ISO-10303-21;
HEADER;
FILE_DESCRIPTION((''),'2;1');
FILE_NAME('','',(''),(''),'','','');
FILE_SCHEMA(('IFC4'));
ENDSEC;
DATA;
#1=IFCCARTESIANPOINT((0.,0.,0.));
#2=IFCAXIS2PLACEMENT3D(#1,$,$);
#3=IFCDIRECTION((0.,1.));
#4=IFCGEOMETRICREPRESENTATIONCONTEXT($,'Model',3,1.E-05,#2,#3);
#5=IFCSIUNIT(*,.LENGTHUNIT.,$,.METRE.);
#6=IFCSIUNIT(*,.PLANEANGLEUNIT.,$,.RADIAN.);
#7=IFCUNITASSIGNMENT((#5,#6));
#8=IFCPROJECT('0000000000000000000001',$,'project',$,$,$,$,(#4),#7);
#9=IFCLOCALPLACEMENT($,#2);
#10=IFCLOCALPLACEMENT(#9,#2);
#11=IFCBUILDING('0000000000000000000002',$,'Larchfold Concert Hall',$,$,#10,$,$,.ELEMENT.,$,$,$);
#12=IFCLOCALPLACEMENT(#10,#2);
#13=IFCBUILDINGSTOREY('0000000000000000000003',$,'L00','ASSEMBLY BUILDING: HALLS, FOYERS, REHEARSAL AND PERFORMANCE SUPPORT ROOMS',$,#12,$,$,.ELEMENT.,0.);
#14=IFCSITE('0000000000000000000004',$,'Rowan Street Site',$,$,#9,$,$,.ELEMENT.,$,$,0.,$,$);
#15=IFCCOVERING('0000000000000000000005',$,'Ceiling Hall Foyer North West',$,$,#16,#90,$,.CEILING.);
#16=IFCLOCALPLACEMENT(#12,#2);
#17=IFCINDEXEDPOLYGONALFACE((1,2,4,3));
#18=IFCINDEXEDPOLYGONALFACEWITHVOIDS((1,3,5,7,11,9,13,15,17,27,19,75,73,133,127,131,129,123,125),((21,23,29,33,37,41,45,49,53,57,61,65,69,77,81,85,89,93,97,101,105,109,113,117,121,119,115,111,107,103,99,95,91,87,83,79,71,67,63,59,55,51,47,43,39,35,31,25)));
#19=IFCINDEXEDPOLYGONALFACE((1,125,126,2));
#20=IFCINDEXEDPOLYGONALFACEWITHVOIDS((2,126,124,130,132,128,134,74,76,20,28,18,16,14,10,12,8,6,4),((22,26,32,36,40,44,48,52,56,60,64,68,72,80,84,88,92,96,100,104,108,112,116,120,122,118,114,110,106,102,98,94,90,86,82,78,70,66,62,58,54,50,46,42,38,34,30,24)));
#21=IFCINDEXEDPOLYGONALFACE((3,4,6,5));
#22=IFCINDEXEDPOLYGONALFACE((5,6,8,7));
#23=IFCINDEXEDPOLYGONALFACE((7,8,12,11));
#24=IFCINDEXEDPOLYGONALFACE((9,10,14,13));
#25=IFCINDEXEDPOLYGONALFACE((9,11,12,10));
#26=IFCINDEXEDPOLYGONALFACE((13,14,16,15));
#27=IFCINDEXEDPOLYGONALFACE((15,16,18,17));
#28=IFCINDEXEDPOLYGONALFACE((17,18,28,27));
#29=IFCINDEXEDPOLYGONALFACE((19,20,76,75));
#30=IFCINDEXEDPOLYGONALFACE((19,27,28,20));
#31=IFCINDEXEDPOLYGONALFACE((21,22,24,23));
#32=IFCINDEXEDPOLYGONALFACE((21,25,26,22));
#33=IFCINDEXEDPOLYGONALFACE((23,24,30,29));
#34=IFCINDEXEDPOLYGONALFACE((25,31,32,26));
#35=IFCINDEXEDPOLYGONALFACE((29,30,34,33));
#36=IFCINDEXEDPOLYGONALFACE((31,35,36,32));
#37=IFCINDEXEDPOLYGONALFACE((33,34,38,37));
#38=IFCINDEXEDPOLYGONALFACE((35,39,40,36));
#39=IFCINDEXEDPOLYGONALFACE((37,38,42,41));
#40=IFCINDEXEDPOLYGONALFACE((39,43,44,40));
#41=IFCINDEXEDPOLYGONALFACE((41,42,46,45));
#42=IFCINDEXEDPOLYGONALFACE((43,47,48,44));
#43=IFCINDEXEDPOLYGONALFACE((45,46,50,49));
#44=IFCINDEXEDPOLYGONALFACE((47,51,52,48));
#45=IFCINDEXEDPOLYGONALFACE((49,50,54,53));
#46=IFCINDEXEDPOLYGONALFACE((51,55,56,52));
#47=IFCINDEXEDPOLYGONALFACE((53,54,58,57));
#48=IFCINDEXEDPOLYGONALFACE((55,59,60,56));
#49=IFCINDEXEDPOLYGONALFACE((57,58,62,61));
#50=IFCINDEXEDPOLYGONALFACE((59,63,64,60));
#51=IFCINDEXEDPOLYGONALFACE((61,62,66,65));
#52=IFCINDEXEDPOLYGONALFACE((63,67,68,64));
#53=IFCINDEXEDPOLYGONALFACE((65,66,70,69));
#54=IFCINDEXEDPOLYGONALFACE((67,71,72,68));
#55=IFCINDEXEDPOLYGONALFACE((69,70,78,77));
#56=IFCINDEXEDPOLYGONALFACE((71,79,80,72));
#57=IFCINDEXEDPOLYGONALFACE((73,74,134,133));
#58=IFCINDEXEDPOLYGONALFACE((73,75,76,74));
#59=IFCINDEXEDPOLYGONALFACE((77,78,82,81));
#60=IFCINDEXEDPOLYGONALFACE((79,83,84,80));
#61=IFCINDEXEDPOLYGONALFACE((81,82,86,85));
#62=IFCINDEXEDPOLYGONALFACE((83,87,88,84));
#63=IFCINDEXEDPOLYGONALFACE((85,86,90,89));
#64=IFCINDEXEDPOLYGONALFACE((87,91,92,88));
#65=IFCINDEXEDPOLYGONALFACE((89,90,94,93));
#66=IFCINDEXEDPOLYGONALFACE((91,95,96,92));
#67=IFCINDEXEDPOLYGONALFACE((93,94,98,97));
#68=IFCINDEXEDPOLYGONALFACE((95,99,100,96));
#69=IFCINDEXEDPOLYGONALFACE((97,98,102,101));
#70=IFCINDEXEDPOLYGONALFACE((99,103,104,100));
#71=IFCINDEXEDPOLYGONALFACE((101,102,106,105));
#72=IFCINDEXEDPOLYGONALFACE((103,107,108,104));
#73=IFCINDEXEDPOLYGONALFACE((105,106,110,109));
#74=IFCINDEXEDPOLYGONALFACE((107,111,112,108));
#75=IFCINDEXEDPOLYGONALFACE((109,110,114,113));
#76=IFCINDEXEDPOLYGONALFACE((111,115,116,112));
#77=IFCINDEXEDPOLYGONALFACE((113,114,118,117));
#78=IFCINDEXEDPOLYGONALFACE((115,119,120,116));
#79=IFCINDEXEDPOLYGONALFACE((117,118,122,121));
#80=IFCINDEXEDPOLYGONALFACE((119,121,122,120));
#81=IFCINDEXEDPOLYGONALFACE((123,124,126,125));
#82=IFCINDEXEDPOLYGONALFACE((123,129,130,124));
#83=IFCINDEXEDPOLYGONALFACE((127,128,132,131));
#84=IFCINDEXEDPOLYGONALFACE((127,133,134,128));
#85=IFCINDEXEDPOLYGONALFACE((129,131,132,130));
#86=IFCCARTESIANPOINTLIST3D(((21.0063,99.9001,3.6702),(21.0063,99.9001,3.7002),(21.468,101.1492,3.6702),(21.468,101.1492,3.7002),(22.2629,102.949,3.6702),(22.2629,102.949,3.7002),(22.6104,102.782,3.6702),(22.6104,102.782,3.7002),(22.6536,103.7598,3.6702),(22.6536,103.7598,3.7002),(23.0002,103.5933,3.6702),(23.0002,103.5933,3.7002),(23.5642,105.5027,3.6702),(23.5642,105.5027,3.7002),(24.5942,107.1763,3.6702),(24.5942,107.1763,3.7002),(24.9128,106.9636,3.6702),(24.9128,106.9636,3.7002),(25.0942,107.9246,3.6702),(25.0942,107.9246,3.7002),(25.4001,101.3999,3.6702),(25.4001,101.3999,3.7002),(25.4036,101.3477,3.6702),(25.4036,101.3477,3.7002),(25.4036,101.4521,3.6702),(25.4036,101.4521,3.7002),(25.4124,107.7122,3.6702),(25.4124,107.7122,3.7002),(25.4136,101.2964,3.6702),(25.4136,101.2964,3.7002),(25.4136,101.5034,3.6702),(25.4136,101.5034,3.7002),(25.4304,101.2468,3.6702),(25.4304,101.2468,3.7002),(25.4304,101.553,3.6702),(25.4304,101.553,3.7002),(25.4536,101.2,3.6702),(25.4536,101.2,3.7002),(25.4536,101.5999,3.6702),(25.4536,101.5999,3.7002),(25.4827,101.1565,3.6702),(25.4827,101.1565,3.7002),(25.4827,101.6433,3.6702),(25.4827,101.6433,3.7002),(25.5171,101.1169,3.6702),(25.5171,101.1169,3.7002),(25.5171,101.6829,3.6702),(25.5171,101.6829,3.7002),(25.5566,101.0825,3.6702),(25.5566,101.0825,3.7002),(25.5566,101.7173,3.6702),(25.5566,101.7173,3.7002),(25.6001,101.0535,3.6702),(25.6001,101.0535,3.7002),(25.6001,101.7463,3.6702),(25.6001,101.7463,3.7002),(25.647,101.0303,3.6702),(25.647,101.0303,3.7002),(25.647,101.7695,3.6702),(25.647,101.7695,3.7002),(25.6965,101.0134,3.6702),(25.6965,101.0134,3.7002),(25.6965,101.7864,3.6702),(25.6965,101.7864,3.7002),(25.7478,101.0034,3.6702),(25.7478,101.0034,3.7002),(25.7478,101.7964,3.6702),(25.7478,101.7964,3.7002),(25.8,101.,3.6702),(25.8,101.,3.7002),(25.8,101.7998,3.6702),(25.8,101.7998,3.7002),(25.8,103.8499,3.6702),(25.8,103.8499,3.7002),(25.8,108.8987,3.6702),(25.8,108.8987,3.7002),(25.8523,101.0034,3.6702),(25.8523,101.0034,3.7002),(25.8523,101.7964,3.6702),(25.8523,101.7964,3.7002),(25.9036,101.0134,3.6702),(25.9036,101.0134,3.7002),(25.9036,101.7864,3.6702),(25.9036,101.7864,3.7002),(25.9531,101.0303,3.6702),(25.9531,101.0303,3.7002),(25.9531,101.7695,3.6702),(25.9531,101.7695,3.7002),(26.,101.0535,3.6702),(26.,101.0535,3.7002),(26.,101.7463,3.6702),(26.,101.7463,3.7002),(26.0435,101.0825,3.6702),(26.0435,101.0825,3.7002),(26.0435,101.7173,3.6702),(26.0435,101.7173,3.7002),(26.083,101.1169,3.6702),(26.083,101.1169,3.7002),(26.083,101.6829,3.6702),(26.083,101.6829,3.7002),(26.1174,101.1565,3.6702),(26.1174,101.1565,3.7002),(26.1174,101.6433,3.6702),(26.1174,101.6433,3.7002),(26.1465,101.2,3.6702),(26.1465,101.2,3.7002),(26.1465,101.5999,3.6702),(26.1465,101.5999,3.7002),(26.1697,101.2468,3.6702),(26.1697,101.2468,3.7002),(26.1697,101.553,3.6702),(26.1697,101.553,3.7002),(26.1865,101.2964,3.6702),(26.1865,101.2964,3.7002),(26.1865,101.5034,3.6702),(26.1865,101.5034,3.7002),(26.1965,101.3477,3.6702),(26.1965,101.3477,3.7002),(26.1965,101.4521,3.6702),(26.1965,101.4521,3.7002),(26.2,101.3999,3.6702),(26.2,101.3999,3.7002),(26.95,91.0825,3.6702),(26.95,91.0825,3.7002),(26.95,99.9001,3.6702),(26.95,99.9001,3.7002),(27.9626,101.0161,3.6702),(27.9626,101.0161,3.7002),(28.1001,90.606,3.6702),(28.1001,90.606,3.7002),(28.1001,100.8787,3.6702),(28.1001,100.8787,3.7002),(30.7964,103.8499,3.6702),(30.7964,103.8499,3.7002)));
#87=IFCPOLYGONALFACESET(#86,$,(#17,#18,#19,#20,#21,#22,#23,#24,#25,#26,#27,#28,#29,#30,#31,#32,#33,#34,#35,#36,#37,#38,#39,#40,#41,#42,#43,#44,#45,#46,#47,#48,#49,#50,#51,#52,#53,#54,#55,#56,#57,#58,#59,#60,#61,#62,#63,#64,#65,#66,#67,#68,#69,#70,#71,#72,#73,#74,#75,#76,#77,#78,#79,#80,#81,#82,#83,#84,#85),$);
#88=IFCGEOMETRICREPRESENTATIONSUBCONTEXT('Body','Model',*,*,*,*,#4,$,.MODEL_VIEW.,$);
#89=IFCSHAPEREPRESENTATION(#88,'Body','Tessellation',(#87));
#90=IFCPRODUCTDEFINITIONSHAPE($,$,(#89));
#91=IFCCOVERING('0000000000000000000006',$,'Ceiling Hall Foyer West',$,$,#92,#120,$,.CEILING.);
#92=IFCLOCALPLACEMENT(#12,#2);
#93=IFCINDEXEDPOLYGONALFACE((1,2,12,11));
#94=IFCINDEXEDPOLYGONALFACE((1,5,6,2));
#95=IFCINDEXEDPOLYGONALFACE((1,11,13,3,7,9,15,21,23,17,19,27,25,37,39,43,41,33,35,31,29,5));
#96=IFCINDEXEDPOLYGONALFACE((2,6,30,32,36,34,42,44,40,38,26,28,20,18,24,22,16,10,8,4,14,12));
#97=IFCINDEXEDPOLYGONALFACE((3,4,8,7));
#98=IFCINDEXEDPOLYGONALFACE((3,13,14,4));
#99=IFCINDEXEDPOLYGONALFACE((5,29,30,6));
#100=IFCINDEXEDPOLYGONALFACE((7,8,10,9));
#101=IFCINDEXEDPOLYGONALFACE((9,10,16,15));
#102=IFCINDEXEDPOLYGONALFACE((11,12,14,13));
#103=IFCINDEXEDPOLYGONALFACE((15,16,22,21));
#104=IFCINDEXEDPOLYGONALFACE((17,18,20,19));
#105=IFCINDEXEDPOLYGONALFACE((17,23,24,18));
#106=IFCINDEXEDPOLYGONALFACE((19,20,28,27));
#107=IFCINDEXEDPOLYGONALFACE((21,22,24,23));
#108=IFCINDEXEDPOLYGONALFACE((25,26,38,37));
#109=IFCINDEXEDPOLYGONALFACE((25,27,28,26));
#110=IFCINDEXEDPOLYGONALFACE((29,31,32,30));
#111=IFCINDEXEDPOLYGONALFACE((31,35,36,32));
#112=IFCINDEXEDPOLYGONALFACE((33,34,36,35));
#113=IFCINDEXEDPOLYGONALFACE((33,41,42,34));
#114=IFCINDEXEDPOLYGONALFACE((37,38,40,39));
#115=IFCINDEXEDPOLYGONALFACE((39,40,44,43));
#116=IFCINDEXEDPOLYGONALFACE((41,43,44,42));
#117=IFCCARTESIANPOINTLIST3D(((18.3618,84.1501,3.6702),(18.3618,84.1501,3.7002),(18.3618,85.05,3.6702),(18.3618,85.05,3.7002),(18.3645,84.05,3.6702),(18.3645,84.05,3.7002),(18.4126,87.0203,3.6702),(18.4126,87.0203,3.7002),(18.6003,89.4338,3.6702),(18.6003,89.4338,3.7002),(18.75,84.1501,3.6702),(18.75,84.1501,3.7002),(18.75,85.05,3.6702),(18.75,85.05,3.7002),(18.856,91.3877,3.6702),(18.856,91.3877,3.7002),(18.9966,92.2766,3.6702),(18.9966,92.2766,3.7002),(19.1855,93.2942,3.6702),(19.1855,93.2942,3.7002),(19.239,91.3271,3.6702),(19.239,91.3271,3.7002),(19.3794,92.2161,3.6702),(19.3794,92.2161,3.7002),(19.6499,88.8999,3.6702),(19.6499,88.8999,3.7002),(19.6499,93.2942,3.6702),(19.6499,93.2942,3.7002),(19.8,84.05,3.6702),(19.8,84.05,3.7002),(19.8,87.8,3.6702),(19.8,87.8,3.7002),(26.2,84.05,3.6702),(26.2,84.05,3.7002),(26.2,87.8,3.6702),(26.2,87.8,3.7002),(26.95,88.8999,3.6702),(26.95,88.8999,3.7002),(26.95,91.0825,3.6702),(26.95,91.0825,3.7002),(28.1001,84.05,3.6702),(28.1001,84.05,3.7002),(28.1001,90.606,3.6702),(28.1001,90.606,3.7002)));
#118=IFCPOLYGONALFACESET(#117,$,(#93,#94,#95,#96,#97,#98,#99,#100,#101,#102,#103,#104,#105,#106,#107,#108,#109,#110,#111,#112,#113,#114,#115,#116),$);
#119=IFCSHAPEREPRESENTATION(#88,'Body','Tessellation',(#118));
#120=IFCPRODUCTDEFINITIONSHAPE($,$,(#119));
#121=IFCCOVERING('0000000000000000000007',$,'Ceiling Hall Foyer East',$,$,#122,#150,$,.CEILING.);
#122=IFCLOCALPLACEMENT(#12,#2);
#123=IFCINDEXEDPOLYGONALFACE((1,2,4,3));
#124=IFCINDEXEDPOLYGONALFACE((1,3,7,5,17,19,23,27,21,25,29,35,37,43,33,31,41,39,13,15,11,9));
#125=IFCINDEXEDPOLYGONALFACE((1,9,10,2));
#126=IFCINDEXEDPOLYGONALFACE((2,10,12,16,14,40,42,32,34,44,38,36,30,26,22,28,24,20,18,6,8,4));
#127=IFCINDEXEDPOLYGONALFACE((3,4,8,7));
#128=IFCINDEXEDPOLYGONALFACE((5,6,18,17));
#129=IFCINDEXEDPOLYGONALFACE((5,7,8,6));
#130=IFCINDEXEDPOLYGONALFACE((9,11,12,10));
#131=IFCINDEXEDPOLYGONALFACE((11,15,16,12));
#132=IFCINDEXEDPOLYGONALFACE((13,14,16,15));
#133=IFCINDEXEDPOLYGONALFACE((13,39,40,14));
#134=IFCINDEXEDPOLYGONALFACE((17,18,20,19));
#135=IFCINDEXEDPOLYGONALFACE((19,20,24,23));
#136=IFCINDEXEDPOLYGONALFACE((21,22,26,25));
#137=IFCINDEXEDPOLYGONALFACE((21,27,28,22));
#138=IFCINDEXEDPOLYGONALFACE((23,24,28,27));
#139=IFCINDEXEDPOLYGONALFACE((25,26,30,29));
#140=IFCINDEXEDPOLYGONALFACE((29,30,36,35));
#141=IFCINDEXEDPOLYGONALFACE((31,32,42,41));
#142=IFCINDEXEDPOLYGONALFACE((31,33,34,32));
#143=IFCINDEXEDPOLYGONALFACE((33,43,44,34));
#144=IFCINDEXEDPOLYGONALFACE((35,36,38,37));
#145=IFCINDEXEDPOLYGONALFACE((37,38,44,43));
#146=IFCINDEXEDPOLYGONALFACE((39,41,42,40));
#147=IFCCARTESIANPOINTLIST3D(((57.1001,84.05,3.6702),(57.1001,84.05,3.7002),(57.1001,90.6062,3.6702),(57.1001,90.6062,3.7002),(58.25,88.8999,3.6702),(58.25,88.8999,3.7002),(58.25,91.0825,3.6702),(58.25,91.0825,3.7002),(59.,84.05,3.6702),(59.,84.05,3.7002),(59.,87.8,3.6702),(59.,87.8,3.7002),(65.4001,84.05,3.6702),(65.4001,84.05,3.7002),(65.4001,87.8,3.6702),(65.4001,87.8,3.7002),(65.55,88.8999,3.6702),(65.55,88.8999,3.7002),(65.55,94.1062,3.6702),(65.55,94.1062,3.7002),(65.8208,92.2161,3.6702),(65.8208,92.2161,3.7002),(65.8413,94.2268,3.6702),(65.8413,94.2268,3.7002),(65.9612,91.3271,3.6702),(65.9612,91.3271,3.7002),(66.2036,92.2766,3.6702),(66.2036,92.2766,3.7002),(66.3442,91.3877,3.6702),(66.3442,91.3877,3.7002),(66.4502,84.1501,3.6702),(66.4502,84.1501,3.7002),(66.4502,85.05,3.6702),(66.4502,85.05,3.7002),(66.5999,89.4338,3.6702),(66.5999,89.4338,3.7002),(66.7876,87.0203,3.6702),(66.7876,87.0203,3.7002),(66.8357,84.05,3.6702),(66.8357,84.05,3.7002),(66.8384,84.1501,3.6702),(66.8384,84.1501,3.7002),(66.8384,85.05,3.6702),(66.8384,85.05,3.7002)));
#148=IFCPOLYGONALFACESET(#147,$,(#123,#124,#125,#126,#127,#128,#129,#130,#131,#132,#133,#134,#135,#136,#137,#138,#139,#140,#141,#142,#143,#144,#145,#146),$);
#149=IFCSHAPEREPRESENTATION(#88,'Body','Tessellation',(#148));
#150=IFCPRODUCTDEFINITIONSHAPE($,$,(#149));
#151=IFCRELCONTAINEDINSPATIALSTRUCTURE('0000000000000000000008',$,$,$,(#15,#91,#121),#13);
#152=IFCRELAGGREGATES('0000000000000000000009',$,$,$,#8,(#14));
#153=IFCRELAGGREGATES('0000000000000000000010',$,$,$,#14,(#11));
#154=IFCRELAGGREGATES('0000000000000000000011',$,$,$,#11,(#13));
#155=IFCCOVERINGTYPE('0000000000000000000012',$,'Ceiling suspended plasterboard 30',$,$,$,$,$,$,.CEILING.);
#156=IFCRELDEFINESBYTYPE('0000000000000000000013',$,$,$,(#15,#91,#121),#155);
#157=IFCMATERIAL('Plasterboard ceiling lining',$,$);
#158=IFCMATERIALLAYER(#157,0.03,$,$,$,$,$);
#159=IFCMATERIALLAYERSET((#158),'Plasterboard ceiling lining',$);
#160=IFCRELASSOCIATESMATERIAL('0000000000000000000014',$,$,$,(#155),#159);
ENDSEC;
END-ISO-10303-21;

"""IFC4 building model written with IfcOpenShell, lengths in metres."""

from ifc_helpers import new_model, si_unit, direction, frame, origin, place, context, subcontext, project, spatial, polyline, outline, extrude, material, layer, layer_set, type_object, element, save


model = new_model("IFC4")

# Units and contexts
model_context = context("Model", 3, precision=1e-05, world=origin(), true_north=direction((0.0, 1.0)))
body_context = subcontext(model_context, "Body", "Model", "MODEL_VIEW")
ifc_project = project(units=[si_unit("LENGTHUNIT", "METRE"), si_unit("PLANEANGLEUNIT", "RADIAN")], contexts=[model_context])

# Site, building, storey
site_placement = place(None, origin())
site = spatial("IfcSite", under=ifc_project, at=site_placement, Name="Rowan Street Site", CompositionType="ELEMENT", RefElevation=0.0)
building_placement = place(site_placement, origin())
building = spatial("IfcBuilding", under=site, at=building_placement, Name="Larchfold Concert Hall", CompositionType="ELEMENT")
storey_placement = place(building_placement, origin())
storey = spatial("IfcBuildingStorey", under=building, at=storey_placement, Name="L00", Description="ASSEMBLY BUILDING: HALLS, FOYERS, REHEARSAL AND PERFORMANCE SUPPORT ROOMS", CompositionType="ELEMENT", Elevation=0.0)

# Coverings
ifc_material_1 = material(Name="Plasterboard ceiling lining")
ifc_layer_1 = layer(ifc_material_1, 0.03)
ifc_layer_set_1 = layer_set([ifc_layer_1], Name="Plasterboard ceiling lining")
covering_type_1 = type_object("IfcCoveringType", Name="Ceiling suspended plasterboard 30", PredefinedType="CEILING", material=ifc_layer_set_1)
covering_1_placement = place(storey_placement, frame((0.0, 0.0, 3.6702)))
element("IfcCovering", 1, at=covering_1_placement, inside=storey, type_object=covering_type_1, Name="Ceiling Hall Foyer North West", PredefinedType="CEILING", context=body_context, shape_type="SweptSolid", body=[
    extrude(outline(polyline([(26.95, 99.9001), (26.95, 91.0825), (28.1001, 90.606), (28.1001, 100.8787), (27.9626, 101.0161), (30.7964, 103.8499), (25.8, 103.8499), (25.8, 108.8987), (25.0942, 107.9246), (25.4124, 107.7122), (24.9128, 106.9636), (24.5942, 107.1763), (23.5642, 105.5027), (22.6536, 103.7598), (23.0002, 103.5933), (22.6104, 102.782), (22.2629, 102.949), (21.468, 101.1492), (21.0063, 99.9001), (26.95, 99.9001)]), holes=[polyline([(25.6001, 101.0535), (25.5566, 101.0825), (25.5171, 101.1169), (25.4827, 101.1565), (25.4536, 101.2), (25.4304, 101.2468), (25.4136, 101.2964), (25.4036, 101.3477), (25.4001, 101.3999), (25.4036, 101.4521), (25.4136, 101.5034), (25.4304, 101.553), (25.4536, 101.5999), (25.4827, 101.6433), (25.5171, 101.6829), (25.5566, 101.7173), (25.6001, 101.7463), (25.647, 101.7695), (25.6965, 101.7864), (25.7478, 101.7964), (25.8, 101.7998), (25.8523, 101.7964), (25.9036, 101.7864), (25.9531, 101.7695), (26.0, 101.7463), (26.0435, 101.7173), (26.083, 101.6829), (26.1174, 101.6433), (26.1465, 101.5999), (26.1697, 101.553), (26.1865, 101.5034), (26.1965, 101.4521), (26.2, 101.3999), (26.1965, 101.3477), (26.1865, 101.2964), (26.1697, 101.2468), (26.1465, 101.2), (26.1174, 101.1565), (26.083, 101.1169), (26.0435, 101.0825), (26.0, 101.0535), (25.9531, 101.0303), (25.9036, 101.0134), (25.8523, 101.0034), (25.8, 101.0), (25.7478, 101.0034), (25.6965, 101.0134), (25.647, 101.0303), (25.6001, 101.0535)])]), origin(), (0.0, 0.0, 1.0), 0.03),
])
covering_2_placement = place(storey_placement, frame((0.0, 0.0, 3.6702)))
element("IfcCovering", 2, at=covering_2_placement, inside=storey, type_object=covering_type_1, Name="Ceiling Hall Foyer West", PredefinedType="CEILING", context=body_context, shape_type="SweptSolid", body=[
    extrude(outline(polyline([(19.6499, 93.2942), (19.1855, 93.2942), (18.9966, 92.2766), (19.3794, 92.2161), (19.239, 91.3271), (18.856, 91.3877), (18.6003, 89.4338), (18.4126, 87.0203), (18.3618, 85.05), (18.75, 85.05), (18.75, 84.1501), (18.3618, 84.1501), (18.3645, 84.05), (19.8, 84.05), (19.8, 87.8), (26.2, 87.8), (26.2, 84.05), (28.1001, 84.05), (28.1001, 90.606), (26.95, 91.0825), (26.95, 88.8999), (19.6499, 88.8999), (19.6499, 93.2942)])), origin(), (0.0, 0.0, 1.0), 0.03),
])
covering_3_placement = place(storey_placement, frame((0.0, 0.0, 3.6702)))
element("IfcCovering", 3, at=covering_3_placement, inside=storey, type_object=covering_type_1, Name="Ceiling Hall Foyer East", PredefinedType="CEILING", context=body_context, shape_type="SweptSolid", body=[
    extrude(outline(polyline([(66.2036, 92.2766), (65.8413, 94.2268), (65.55, 94.1062), (65.55, 88.8999), (58.25, 88.8999), (58.25, 91.0825), (57.1001, 90.6062), (57.1001, 84.05), (59.0, 84.05), (59.0, 87.8), (65.4001, 87.8), (65.4001, 84.05), (66.8357, 84.05), (66.8384, 84.1501), (66.4502, 84.1501), (66.4502, 85.05), (66.8384, 85.05), (66.7876, 87.0203), (66.5999, 89.4338), (66.3442, 91.3877), (65.9612, 91.3271), (65.8208, 92.2161), (66.2036, 92.2766)])), origin(), (0.0, 0.0, 1.0), 0.03),
])

save(model, "model.ifc")
